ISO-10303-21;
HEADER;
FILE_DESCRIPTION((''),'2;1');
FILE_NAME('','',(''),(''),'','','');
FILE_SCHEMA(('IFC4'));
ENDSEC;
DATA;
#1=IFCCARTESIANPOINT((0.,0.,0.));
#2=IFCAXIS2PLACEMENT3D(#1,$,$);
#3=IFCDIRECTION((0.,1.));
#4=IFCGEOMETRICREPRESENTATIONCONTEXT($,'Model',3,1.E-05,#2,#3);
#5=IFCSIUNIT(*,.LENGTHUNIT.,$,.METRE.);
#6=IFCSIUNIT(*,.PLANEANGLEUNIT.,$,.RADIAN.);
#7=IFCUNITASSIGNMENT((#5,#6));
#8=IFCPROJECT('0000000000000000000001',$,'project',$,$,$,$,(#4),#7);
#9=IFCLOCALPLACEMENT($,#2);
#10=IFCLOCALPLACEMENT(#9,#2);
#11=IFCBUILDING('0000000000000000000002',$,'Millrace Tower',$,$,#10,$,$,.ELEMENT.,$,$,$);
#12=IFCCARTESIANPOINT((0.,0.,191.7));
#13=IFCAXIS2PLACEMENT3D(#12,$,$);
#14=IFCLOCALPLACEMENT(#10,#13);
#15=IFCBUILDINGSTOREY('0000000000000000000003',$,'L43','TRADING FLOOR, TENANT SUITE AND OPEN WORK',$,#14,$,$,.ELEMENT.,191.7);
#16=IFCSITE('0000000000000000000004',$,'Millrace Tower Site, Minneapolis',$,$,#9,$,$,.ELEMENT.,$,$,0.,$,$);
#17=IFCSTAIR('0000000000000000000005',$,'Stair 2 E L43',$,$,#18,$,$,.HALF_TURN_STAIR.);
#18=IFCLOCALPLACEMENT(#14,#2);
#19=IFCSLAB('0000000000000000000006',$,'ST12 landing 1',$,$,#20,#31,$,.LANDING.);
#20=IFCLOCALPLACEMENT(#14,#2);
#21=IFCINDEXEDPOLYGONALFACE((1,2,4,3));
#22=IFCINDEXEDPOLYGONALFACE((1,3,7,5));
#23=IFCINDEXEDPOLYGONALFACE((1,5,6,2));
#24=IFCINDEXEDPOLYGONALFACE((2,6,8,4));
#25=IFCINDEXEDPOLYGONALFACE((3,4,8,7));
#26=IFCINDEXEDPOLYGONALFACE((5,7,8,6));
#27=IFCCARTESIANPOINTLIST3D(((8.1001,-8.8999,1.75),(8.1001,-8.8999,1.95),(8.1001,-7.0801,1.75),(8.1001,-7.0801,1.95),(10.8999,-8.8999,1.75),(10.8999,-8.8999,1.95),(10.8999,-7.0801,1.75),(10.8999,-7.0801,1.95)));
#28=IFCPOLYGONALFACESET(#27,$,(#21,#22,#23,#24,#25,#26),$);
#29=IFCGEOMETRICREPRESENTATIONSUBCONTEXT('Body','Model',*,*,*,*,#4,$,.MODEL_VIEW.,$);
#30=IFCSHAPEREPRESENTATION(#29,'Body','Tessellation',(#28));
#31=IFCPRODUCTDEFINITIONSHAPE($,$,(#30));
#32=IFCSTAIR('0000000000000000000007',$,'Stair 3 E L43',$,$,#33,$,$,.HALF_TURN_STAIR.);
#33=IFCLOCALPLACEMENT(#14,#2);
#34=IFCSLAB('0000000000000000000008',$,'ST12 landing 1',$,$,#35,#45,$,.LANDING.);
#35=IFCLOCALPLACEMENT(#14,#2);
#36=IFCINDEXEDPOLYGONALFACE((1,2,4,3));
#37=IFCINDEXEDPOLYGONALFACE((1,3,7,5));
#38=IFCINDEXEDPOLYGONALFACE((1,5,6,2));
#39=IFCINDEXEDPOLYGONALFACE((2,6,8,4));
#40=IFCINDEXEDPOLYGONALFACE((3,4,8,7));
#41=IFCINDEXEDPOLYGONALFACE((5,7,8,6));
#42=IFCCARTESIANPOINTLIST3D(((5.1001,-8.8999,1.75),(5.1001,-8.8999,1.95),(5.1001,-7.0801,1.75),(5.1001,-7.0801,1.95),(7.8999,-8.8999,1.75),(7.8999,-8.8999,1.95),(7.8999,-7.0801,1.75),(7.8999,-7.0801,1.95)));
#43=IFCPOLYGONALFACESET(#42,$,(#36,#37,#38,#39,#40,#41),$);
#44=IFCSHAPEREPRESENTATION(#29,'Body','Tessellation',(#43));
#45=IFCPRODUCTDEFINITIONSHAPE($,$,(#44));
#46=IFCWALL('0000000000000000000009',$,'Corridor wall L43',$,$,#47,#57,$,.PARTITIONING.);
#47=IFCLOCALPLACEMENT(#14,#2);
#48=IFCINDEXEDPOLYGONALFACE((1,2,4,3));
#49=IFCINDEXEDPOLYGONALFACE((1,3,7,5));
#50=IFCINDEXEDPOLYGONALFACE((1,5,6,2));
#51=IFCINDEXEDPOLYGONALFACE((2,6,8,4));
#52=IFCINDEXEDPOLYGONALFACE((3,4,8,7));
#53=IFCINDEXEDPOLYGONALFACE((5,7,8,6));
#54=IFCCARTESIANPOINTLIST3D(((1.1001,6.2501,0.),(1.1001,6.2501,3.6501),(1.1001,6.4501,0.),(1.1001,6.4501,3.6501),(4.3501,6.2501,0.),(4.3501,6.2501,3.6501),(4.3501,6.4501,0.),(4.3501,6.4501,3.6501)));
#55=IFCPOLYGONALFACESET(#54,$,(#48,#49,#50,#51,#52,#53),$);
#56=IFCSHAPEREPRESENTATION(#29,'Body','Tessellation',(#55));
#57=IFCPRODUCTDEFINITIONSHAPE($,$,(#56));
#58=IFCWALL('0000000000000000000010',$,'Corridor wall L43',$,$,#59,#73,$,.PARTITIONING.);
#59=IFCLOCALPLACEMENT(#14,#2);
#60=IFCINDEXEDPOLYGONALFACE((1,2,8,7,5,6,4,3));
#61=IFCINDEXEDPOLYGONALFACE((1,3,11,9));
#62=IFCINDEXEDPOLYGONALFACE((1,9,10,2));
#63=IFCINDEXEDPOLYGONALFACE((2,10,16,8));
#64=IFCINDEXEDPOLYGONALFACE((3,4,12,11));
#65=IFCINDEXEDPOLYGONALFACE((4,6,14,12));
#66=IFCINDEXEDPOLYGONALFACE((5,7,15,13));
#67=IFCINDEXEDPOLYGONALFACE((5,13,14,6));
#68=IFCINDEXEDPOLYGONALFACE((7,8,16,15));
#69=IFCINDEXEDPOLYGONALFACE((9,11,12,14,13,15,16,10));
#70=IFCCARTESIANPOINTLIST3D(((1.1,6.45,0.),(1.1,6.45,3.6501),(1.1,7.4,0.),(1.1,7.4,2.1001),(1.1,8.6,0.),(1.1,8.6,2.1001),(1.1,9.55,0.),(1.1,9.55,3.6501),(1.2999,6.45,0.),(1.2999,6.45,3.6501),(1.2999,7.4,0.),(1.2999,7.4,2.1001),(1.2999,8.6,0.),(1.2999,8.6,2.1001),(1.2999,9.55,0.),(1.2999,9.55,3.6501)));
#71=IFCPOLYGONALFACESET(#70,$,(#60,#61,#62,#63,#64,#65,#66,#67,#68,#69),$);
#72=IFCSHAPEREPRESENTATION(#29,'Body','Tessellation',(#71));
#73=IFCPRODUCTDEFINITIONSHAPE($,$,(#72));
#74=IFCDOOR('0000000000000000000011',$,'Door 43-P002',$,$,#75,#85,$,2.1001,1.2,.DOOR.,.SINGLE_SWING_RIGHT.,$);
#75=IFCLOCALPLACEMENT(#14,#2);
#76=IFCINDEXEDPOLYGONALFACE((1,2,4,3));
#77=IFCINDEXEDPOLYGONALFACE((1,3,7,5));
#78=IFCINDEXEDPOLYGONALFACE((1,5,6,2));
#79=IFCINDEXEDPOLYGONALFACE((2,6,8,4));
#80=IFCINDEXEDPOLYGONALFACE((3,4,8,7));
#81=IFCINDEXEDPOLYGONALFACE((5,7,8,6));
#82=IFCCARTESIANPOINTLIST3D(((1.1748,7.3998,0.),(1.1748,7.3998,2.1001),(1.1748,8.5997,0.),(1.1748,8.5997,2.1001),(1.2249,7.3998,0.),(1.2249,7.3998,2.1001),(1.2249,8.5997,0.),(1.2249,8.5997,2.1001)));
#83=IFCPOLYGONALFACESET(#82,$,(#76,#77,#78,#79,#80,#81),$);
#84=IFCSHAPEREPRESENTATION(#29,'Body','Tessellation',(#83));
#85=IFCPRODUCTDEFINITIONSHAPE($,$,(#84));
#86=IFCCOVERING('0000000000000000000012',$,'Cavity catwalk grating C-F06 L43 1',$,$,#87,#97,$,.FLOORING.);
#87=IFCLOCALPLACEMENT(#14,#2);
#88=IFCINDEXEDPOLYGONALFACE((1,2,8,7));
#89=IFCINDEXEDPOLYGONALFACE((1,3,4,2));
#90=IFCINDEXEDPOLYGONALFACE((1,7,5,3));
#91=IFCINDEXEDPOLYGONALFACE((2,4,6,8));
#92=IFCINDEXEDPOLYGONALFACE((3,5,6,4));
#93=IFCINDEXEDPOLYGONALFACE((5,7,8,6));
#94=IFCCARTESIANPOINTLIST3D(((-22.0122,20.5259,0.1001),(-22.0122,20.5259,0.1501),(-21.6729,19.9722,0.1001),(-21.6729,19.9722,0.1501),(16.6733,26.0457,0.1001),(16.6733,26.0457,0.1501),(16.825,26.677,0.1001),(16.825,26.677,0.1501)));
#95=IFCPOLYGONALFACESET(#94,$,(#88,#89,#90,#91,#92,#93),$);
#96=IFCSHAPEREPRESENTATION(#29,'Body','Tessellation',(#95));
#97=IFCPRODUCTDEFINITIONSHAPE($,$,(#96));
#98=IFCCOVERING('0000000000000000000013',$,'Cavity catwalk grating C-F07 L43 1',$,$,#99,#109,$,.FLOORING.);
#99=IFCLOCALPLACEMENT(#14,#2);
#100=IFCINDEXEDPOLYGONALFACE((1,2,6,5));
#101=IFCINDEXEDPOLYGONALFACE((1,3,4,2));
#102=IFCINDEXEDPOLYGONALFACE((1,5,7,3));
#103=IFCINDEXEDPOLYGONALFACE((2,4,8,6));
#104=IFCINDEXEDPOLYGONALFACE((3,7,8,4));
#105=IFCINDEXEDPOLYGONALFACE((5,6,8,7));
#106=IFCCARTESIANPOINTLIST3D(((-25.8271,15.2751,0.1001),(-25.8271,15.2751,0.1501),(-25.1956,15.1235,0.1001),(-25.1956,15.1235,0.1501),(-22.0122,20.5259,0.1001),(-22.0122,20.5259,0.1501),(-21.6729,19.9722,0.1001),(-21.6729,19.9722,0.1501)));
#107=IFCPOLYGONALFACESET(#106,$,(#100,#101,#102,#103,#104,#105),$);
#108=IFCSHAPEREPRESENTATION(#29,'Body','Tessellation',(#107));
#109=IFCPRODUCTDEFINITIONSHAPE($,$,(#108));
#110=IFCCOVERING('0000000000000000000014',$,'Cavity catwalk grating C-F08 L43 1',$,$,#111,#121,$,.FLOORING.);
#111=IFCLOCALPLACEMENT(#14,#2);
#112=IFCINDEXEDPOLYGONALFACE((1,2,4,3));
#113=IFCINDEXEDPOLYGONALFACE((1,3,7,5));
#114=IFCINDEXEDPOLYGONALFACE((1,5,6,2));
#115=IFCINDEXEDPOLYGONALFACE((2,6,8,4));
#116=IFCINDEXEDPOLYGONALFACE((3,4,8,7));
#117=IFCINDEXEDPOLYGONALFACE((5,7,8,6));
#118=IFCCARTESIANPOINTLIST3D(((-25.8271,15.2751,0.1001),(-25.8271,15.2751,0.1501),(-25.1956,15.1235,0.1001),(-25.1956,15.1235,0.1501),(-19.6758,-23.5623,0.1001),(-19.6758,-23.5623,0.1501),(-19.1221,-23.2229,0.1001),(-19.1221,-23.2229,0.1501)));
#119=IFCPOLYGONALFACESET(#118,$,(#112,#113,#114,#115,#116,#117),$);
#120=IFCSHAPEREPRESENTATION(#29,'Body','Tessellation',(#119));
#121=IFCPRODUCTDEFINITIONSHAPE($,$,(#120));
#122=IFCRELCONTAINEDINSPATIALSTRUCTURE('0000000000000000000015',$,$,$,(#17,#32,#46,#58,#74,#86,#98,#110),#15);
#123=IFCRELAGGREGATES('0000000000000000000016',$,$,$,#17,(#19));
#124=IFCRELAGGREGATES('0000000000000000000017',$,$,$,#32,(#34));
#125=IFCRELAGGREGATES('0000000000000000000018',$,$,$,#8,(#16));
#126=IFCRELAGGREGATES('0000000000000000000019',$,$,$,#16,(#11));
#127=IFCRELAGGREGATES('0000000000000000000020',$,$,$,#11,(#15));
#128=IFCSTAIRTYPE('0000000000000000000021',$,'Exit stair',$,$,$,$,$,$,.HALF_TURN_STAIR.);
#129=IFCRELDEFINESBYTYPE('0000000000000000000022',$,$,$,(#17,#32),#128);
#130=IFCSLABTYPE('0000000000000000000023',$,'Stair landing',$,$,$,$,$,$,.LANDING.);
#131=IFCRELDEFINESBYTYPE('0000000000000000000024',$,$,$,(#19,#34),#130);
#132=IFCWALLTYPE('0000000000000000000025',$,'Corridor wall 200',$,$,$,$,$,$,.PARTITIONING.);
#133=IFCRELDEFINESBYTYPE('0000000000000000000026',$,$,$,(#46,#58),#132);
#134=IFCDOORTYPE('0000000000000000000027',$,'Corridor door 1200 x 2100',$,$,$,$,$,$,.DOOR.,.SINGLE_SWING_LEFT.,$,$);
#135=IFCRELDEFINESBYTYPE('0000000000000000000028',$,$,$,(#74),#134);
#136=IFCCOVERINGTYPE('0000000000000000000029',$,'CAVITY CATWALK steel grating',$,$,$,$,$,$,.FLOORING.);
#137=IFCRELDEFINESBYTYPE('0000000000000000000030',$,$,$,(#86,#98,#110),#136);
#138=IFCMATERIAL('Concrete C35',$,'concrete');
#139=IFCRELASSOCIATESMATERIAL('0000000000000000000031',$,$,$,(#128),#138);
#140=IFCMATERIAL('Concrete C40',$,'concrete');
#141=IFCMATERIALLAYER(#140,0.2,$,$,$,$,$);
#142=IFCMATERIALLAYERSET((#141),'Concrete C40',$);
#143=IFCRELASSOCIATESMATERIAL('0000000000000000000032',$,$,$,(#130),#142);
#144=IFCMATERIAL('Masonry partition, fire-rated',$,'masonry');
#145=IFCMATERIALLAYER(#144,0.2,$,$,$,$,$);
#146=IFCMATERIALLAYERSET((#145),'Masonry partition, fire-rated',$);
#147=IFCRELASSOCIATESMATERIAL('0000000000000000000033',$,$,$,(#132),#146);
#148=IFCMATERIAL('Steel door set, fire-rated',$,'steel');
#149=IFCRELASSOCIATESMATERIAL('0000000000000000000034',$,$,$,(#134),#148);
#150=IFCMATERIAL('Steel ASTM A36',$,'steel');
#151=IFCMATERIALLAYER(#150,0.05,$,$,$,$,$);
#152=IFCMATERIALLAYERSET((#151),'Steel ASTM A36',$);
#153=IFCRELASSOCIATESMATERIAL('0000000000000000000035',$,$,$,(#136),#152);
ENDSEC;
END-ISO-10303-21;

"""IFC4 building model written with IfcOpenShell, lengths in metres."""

from ifc_helpers import new_model, si_unit, direction, frame, frame_2d, origin, place, context, subcontext, project, spatial, polyline, rectangle, outline, extrude, material, layer, layer_set, type_object, element, fill, aggregate, save


model = new_model("IFC4")

# Units and contexts
model_context = context("Model", 3, precision=1e-05, world=origin(), true_north=direction((0.0, 1.0)))
body_context = subcontext(model_context, "Body", "Model", "MODEL_VIEW")
ifc_project = project(units=[si_unit("LENGTHUNIT", "METRE"), si_unit("PLANEANGLEUNIT", "RADIAN")], contexts=[model_context])

# Site, building, storey
site_placement = place(None, origin())
site = spatial("IfcSite", under=ifc_project, at=site_placement, Name="Millrace Tower Site, Minneapolis", CompositionType="ELEMENT", RefElevation=0.0)
building_placement = place(site_placement, origin())
building = spatial("IfcBuilding", under=site, at=building_placement, Name="Millrace Tower", CompositionType="ELEMENT")
storey_placement = place(building_placement, frame((0.0, 0.0, 191.7)))
storey = spatial("IfcBuildingStorey", under=building, at=storey_placement, Name="L43", Description="TRADING FLOOR, TENANT SUITE AND OPEN WORK", CompositionType="ELEMENT", Elevation=191.7)

# Shared definitions
placement_1 = place(storey_placement, origin())

# Stairs, slabs
ifc_material_1 = material(Name="Concrete C35", Category="concrete")
stair_type = type_object("IfcStairType", Name="Exit stair", PredefinedType="HALF_TURN_STAIR", material=ifc_material_1)
ifc_material_2 = material(Name="Concrete C40", Category="concrete")
ifc_layer_1 = layer(ifc_material_2, 0.2)
ifc_layer_set_1 = layer_set([ifc_layer_1], Name="Concrete C40")
slab_type = type_object("IfcSlabType", Name="Stair landing", PredefinedType="LANDING", material=ifc_layer_set_1)
placement_2 = place(storey_placement, frame((0.0, 0.0, 1.75)))
stair_1 = element("IfcStair", 1, at=placement_1, inside=storey, type_object=stair_type, Name="Stair 2 E L43", PredefinedType="HALF_TURN_STAIR")
slab_1 = element("IfcSlab", 2, at=placement_2, type_object=slab_type, Name="ST12 landing 1", PredefinedType="LANDING", context=body_context, shape_type="SweptSolid", body=[
    extrude(outline(polyline([(8.1001, -8.8999), (10.8999, -8.8999), (10.8999, -7.0801), (8.1001, -7.0801), (8.1001, -8.8999)])), origin(), (0.0, 0.0, 1.0), 0.2),
])
aggregate(stair_1, [slab_1])
stair_2 = element("IfcStair", 3, at=placement_1, inside=storey, type_object=stair_type, Name="Stair 3 E L43", PredefinedType="HALF_TURN_STAIR")
slab_2 = element("IfcSlab", 4, at=placement_2, type_object=slab_type, Name="ST12 landing 1", PredefinedType="LANDING", context=body_context, shape_type="SweptSolid", body=[
    extrude(outline(polyline([(5.1001, -8.8999), (7.8999, -8.8999), (7.8999, -7.0801), (5.1001, -7.0801), (5.1001, -8.8999)])), origin(), (0.0, 0.0, 1.0), 0.2),
])
aggregate(stair_2, [slab_2])

# Wall
ifc_material_3 = material(Name="Masonry partition, fire-rated", Category="masonry")
ifc_layer_2 = layer(ifc_material_3, 0.2)
ifc_layer_set_2 = layer_set([ifc_layer_2], Name="Masonry partition, fire-rated")
wall_type = type_object("IfcWallType", Name="Corridor wall 200", PredefinedType="PARTITIONING", material=ifc_layer_set_2)
wall_1_placement = place(storey_placement, frame((1.1001, 6.3501, 0.0), z_axis=(0.0, 0.0, 1.0), x_axis=(1.0, 0.0, 0.0)))
element("IfcWall", 5, at=wall_1_placement, inside=storey, type_object=wall_type, Name="Corridor wall L43", PredefinedType="PARTITIONING", context=body_context, shape_type="SweptSolid", body=[
    extrude(rectangle(XDim=3.25, YDim=0.2, at=frame_2d((1.625, 0.0))), origin(), (0.0, 0.0, 1.0), 3.6501),
])

# Wall, opening, door
wall_2_placement = place(storey_placement, frame((1.2, 6.45, 0.0), z_axis=(0.0, 0.0, 1.0), x_axis=(0.0, 1.0, 0.0)))
wall_2 = element("IfcWall", 6, at=wall_2_placement, inside=storey, type_object=wall_type, Name="Corridor wall L43", PredefinedType="PARTITIONING", context=body_context, shape_type="SweptSolid", body=[
    extrude(rectangle(XDim=3.1001, YDim=0.2, at=frame_2d((1.55, 0.0))), origin(), (0.0, 0.0, 1.0), 3.6501),
])
opening_placement = place(wall_2_placement, frame((0.95, 0.0, 0.0)))
opening = element("IfcOpeningElement", 7, at=opening_placement, cuts=wall_2, PredefinedType="OPENING", context=body_context, shape_type="SweptSolid", body=[
    extrude(rectangle(XDim=1.2, YDim=2.1001, at=frame_2d((0.6001, 1.05))), frame((0.0, 0.1099, 0.0), z_axis=(0.0, -1.0, 0.0), x_axis=(1.0, 0.0, 0.0)), (0.0, 0.0, 1.0), 0.22),
])
ifc_material_4 = material(Name="Steel door set, fire-rated", Category="steel")
door_type = type_object("IfcDoorType", Name="Corridor door 1200 x 2100", OperationType="SINGLE_SWING_LEFT", PredefinedType="DOOR", material=ifc_material_4)
door_placement = place(opening_placement, frame((1.2, 0.0, 0.0), z_axis=(0.0, 0.0, 1.0), x_axis=(-1.0, 0.0, 0.0)))
door = element("IfcDoor", 8, at=door_placement, inside=storey, type_object=door_type, Name="Door 43-P002", OperationType="SINGLE_SWING_RIGHT", OverallHeight=2.1001, OverallWidth=1.2, PredefinedType="DOOR", context=body_context, shape_type="SweptSolid", body=[
    extrude(rectangle(XDim=1.2, YDim=2.1001, at=frame_2d((0.6001, 1.05))), frame((0.0, 0.0249, 0.0), z_axis=(0.0, -1.0, 0.0), x_axis=(1.0, 0.0, 0.0)), (0.0, 0.0, 1.0), 0.05),
])
fill(opening, door)

# Coverings
ifc_material_5 = material(Name="Steel ASTM A36", Category="steel")
ifc_layer_3 = layer(ifc_material_5, 0.05)
ifc_layer_set_3 = layer_set([ifc_layer_3], Name="Steel ASTM A36")
covering_type = type_object("IfcCoveringType", Name="CAVITY CATWALK steel grating", PredefinedType="FLOORING", material=ifc_layer_set_3)
placement_3 = place(storey_placement, frame((0.0, 0.0, 0.1001)))
element("IfcCovering", 9, at=placement_3, inside=storey, type_object=covering_type, Name="Cavity catwalk grating C-F06 L43 1", PredefinedType="FLOORING", context=body_context, shape_type="SweptSolid", body=[
    extrude(outline(polyline([(16.825, 26.677), (-22.0122, 20.5259), (-21.6729, 19.9722), (16.6733, 26.0457), (16.825, 26.677)])), origin(), (0.0, 0.0, 1.0), 0.05),
])
element("IfcCovering", 10, at=placement_3, inside=storey, type_object=covering_type, Name="Cavity catwalk grating C-F07 L43 1", PredefinedType="FLOORING", context=body_context, shape_type="SweptSolid", body=[
    extrude(outline(polyline([(-22.0122, 20.5259), (-25.8271, 15.2751), (-25.1956, 15.1235), (-21.6729, 19.9722), (-22.0122, 20.5259)])), origin(), (0.0, 0.0, 1.0), 0.05),
])
element("IfcCovering", 11, at=placement_3, inside=storey, type_object=covering_type, Name="Cavity catwalk grating C-F08 L43 1", PredefinedType="FLOORING", context=body_context, shape_type="SweptSolid", body=[
    extrude(outline(polyline([(-25.8271, 15.2751), (-19.6758, -23.5623), (-19.1221, -23.2229), (-25.1956, 15.1235), (-25.8271, 15.2751)])), origin(), (0.0, 0.0, 1.0), 0.05),
])

save(model, "model.ifc")
